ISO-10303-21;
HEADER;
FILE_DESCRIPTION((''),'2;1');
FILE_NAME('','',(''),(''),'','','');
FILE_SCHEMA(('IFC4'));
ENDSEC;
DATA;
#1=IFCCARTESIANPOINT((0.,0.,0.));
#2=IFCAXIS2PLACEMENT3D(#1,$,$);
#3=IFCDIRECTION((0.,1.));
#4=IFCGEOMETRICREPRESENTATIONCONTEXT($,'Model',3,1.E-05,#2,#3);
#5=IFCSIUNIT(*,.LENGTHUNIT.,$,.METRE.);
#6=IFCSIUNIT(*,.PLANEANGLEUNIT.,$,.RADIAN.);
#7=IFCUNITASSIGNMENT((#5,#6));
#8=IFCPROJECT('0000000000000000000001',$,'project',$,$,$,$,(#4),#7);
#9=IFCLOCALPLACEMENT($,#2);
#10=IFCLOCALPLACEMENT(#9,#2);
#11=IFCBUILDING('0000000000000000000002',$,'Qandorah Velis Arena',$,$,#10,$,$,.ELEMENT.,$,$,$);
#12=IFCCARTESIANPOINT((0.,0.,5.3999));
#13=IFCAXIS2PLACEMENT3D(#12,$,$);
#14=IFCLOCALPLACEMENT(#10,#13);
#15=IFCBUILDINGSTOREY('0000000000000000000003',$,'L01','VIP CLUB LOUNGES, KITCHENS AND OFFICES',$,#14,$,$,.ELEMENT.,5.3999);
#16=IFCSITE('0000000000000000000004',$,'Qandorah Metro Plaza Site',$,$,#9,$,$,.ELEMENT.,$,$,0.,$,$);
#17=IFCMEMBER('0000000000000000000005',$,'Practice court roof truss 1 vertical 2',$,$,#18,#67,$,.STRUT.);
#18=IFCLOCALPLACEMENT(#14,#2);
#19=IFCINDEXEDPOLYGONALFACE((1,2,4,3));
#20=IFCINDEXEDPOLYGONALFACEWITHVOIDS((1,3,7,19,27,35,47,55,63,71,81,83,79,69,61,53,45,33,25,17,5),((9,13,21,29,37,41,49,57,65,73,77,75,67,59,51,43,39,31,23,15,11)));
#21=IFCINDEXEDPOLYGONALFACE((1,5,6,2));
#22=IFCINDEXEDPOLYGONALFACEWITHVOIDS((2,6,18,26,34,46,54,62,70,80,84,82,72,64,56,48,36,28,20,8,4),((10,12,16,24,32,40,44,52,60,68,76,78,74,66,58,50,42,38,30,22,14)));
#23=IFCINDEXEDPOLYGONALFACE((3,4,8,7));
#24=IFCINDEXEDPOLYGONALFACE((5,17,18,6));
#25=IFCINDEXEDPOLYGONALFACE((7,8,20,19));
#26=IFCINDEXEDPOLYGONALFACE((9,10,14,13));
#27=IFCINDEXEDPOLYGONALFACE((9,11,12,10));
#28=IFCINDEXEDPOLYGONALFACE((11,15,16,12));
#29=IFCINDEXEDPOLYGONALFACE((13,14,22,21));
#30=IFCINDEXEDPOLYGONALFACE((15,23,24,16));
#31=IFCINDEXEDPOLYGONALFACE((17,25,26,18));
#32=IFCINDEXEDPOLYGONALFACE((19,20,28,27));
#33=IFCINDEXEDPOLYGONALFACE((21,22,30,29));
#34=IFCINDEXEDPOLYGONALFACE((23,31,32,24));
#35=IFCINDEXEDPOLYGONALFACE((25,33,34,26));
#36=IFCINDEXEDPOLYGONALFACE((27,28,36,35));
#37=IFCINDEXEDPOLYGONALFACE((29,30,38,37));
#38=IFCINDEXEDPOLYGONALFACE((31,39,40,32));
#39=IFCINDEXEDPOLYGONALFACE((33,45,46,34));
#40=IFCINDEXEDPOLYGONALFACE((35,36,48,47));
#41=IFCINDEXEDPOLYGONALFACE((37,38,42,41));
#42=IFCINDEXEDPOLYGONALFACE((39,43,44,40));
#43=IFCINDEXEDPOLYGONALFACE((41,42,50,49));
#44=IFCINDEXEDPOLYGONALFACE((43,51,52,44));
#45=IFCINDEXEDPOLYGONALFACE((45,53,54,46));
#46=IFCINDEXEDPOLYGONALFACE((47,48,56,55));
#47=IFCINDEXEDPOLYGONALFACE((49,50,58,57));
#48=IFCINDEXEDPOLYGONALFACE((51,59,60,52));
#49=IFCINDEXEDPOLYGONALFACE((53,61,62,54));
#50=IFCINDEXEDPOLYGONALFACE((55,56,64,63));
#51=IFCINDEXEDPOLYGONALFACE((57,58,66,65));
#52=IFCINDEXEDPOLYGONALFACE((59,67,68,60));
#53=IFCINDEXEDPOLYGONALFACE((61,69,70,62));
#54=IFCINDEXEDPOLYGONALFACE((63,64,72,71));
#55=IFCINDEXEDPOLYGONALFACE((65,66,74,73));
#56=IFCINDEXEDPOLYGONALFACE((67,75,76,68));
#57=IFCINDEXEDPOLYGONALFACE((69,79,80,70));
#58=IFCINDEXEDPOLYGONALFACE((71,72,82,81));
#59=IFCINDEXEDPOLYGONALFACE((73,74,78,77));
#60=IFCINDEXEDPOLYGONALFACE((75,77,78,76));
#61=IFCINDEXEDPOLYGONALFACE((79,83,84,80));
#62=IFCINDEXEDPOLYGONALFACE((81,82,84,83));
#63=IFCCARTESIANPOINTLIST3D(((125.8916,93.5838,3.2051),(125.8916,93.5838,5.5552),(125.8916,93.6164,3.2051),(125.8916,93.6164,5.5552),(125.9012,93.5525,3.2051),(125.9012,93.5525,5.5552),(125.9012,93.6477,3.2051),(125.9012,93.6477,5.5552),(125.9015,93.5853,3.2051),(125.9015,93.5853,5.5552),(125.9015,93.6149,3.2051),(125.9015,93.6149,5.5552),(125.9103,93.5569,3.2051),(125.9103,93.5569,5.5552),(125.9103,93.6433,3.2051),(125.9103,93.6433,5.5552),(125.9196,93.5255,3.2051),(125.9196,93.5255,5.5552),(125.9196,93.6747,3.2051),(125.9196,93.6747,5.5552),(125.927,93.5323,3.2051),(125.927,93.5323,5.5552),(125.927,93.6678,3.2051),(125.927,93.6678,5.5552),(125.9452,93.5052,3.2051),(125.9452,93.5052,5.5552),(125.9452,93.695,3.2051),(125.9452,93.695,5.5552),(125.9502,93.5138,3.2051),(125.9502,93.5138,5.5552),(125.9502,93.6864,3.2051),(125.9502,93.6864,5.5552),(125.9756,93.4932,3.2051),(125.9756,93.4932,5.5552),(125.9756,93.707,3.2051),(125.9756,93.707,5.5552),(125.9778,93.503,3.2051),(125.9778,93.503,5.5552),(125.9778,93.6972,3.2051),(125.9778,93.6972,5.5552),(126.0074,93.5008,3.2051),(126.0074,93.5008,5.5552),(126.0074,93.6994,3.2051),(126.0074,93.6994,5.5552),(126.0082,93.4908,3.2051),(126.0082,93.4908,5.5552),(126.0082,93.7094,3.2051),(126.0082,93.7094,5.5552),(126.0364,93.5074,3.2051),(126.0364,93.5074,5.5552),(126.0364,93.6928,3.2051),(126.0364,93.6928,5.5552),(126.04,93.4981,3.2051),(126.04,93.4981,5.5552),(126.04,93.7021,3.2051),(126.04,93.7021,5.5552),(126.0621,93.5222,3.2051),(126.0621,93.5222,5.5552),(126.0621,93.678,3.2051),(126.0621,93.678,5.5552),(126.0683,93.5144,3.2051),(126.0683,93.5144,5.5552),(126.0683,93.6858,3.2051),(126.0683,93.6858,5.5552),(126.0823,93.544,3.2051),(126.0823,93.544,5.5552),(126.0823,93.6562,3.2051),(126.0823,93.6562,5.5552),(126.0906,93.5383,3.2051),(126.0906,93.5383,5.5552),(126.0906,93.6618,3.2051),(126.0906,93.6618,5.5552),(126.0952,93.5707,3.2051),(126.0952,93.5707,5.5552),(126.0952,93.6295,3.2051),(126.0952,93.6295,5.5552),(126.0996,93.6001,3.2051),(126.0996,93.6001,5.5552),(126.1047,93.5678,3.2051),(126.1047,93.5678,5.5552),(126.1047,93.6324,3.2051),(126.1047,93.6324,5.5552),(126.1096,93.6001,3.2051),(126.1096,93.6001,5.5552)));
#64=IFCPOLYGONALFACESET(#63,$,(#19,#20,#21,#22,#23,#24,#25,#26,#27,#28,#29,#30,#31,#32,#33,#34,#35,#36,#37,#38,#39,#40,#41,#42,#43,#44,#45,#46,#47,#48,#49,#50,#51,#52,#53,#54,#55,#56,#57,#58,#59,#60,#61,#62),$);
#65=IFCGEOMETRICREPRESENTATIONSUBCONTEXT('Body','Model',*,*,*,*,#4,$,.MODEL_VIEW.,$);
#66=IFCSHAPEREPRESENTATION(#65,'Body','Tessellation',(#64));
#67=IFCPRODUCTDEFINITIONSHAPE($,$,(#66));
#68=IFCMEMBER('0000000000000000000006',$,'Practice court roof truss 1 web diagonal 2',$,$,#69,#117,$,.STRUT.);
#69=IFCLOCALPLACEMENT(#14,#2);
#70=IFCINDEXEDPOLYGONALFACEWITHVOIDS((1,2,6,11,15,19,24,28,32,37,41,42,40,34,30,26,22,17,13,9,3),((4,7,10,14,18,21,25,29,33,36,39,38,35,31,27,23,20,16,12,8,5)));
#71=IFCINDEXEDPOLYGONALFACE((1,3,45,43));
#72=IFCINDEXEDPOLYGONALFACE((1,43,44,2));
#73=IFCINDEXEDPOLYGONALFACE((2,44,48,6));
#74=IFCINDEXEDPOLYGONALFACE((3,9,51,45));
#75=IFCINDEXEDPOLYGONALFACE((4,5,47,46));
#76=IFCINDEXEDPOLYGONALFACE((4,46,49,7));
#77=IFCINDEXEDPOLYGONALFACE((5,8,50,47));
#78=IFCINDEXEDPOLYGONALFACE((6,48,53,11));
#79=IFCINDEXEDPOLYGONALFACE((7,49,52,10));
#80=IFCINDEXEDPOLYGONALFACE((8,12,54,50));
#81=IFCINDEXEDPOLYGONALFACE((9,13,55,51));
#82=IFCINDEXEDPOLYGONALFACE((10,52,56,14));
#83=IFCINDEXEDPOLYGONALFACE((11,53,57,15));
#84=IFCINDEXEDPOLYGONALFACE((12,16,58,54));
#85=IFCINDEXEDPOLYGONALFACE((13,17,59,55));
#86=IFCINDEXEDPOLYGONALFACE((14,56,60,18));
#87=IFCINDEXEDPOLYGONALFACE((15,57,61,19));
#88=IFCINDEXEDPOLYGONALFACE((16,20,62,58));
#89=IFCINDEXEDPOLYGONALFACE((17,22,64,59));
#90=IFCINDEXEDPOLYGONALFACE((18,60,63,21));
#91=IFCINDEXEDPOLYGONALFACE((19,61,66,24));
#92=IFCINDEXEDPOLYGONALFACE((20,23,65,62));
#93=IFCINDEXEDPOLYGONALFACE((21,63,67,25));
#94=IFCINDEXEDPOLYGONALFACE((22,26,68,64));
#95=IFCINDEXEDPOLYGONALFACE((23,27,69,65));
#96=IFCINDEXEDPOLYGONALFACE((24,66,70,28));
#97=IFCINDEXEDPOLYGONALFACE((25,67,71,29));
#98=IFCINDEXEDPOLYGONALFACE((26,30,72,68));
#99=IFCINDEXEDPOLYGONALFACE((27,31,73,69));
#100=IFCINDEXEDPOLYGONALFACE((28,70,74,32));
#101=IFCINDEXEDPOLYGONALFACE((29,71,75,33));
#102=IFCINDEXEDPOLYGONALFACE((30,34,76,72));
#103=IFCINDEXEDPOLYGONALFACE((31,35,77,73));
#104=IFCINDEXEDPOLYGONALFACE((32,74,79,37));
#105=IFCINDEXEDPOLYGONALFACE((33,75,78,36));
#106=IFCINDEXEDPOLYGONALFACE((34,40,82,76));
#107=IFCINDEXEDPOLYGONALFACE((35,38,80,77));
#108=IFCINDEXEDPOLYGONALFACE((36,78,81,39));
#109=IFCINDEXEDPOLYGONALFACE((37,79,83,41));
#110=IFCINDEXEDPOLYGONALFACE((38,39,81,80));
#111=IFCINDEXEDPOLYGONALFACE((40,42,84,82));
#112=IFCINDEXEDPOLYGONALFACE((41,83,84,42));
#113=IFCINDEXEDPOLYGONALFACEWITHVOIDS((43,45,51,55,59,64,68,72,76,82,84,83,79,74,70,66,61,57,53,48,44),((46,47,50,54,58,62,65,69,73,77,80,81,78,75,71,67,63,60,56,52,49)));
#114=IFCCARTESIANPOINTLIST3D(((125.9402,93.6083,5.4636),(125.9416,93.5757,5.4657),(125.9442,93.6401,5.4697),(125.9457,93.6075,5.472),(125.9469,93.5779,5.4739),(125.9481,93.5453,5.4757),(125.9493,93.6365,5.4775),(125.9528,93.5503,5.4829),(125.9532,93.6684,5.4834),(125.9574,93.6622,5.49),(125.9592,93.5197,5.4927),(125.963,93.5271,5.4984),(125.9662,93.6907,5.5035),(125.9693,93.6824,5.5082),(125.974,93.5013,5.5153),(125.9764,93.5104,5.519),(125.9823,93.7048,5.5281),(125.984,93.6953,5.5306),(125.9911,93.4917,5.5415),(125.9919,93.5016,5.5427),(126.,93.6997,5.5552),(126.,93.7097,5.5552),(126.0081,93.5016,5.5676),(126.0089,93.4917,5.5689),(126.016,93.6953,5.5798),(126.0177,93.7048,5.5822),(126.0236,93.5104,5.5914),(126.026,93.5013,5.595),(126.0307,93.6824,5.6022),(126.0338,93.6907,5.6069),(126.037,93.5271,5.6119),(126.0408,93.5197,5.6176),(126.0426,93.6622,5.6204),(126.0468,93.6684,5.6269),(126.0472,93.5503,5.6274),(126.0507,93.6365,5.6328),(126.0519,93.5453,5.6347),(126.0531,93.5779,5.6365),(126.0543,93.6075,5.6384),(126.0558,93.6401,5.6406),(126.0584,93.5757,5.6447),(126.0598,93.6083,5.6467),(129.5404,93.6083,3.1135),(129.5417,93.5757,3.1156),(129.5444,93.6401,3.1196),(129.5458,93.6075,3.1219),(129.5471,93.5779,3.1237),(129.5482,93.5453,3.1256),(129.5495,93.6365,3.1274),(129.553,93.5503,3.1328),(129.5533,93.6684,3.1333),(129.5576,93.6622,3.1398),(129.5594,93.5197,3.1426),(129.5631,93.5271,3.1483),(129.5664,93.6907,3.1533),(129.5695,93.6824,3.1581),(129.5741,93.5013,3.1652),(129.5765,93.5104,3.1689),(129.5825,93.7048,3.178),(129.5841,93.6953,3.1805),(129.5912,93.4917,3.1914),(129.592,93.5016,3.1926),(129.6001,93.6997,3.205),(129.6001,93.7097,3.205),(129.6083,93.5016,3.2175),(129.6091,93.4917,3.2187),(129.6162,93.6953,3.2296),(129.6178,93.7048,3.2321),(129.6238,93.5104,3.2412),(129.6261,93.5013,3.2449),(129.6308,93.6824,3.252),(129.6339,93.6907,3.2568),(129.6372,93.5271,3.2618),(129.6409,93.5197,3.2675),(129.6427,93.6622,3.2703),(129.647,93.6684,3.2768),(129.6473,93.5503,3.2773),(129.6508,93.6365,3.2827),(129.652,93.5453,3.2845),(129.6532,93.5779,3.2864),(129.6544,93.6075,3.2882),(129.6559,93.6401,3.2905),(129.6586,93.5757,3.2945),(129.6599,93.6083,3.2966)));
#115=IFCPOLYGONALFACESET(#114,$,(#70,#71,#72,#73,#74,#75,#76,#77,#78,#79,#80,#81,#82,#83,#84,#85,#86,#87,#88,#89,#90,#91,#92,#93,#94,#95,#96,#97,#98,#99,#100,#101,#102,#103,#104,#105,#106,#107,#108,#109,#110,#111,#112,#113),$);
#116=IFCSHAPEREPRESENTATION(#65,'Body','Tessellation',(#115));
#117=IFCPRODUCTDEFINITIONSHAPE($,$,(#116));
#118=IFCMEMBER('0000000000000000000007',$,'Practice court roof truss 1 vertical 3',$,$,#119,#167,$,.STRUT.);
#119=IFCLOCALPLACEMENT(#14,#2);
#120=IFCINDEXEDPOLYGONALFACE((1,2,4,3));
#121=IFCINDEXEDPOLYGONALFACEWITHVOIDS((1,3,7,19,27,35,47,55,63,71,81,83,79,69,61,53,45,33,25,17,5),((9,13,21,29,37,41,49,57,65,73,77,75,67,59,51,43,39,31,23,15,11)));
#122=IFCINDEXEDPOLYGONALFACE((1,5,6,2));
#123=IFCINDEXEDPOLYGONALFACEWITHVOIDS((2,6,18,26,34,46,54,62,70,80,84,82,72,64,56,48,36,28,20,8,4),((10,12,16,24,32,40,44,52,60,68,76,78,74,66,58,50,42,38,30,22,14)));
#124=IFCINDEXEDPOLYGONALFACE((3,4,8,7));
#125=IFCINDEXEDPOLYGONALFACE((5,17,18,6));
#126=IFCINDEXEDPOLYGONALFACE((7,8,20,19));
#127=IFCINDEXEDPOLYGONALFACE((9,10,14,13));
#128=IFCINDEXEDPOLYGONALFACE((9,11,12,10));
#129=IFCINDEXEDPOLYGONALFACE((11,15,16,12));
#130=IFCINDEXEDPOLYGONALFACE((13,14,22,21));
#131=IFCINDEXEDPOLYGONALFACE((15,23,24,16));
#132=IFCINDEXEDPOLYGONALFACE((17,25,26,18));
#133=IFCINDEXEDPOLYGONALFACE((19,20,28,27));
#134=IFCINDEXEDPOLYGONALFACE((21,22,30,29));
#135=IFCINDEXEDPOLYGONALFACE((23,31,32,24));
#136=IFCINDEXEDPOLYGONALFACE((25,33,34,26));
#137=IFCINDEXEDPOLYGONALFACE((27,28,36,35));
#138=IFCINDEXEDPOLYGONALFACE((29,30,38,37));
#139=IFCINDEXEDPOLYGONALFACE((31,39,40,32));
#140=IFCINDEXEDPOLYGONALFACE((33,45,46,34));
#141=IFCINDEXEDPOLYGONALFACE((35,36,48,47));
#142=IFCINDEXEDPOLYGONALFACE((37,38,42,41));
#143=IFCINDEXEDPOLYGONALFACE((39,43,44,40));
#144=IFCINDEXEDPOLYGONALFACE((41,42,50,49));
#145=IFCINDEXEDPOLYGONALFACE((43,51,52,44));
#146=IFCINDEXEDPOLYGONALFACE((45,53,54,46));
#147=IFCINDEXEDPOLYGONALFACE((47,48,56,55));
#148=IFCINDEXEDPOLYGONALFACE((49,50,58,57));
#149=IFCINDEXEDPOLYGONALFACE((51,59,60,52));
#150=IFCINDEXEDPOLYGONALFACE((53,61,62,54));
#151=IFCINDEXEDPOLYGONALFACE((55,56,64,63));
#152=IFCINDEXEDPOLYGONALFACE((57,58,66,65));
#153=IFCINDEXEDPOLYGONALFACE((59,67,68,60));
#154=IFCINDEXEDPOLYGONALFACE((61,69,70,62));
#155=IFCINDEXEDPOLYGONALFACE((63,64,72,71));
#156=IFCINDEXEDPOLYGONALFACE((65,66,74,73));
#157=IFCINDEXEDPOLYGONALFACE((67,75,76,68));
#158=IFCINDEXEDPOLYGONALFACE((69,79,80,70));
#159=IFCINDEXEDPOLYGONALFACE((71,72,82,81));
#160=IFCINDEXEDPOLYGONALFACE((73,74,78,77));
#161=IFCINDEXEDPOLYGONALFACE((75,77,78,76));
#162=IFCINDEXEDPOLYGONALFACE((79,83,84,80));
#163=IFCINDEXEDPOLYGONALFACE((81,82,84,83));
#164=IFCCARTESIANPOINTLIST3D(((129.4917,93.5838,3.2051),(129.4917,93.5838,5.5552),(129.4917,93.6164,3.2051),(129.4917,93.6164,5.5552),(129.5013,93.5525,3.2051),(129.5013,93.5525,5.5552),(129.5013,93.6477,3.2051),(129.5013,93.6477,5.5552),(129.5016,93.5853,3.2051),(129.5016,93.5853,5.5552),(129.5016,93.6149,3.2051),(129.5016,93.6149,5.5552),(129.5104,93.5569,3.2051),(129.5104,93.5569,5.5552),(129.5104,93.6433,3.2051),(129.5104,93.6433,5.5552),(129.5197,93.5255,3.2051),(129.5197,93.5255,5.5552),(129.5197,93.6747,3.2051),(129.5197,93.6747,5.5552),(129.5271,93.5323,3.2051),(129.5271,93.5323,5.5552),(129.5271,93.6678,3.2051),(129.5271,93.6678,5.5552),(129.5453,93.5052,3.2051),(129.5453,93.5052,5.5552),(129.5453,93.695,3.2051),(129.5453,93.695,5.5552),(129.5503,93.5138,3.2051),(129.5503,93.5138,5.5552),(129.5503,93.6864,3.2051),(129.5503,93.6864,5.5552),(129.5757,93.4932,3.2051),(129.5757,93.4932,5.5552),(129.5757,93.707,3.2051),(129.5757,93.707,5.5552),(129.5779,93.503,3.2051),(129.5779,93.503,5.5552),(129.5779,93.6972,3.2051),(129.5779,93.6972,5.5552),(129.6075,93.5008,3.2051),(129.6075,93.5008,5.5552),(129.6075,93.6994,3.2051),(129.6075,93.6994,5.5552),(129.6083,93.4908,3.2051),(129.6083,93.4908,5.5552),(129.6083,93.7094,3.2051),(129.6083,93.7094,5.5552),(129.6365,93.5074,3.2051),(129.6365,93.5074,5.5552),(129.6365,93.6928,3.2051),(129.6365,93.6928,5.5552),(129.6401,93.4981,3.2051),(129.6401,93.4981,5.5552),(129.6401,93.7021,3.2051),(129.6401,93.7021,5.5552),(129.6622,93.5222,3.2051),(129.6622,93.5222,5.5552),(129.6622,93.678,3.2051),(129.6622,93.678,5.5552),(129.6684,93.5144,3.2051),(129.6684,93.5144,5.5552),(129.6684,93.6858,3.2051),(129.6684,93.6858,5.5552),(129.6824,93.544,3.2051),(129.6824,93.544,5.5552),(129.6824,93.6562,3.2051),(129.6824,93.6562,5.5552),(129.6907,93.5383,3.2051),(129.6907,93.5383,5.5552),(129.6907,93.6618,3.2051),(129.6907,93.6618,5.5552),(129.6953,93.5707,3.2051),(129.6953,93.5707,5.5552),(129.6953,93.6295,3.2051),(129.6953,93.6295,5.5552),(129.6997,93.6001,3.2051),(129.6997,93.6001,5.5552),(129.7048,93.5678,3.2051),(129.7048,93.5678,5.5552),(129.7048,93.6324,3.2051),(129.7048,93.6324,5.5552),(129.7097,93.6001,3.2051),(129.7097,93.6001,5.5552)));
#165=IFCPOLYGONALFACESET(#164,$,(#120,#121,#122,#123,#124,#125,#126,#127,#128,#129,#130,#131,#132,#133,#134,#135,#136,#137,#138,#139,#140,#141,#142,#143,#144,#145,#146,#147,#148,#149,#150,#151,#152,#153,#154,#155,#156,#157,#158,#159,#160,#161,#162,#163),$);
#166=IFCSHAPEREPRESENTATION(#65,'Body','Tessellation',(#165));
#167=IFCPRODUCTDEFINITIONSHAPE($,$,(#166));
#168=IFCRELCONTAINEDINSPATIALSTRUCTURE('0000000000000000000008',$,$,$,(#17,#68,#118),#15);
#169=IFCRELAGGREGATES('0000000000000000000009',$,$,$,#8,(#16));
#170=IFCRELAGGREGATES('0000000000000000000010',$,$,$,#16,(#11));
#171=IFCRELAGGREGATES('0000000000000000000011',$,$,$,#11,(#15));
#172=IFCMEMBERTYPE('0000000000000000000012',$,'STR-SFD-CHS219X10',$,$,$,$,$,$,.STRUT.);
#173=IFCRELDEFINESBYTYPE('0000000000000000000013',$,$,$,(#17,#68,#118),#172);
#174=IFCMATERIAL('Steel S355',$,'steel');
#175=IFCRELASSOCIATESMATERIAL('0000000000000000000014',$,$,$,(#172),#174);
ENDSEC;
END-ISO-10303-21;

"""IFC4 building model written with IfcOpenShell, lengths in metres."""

from ifc_helpers import new_model, si_unit, direction, frame, origin, origin_2d, place, context, subcontext, project, spatial, hollow_circle, extrude, material, material_profile, profile_set, type_object, element, save


model = new_model("IFC4")

# Units and contexts
model_context = context("Model", 3, precision=1e-05, world=origin(), true_north=direction((0.0, 1.0)))
body_context = subcontext(model_context, "Body", "Model", "MODEL_VIEW")
ifc_project = project(units=[si_unit("LENGTHUNIT", "METRE"), si_unit("PLANEANGLEUNIT", "RADIAN")], contexts=[model_context])

# Site, building, storey
site_placement = place(None, origin())
site = spatial("IfcSite", under=ifc_project, at=site_placement, Name="Qandorah Metro Plaza Site", CompositionType="ELEMENT", RefElevation=0.0)
building_placement = place(site_placement, origin())
building = spatial("IfcBuilding", under=site, at=building_placement, Name="Qandorah Velis Arena", CompositionType="ELEMENT")
storey_placement = place(building_placement, frame((0.0, 0.0, 5.3999)))
storey = spatial("IfcBuildingStorey", under=building, at=storey_placement, Name="L01", Description="VIP CLUB LOUNGES, KITCHENS AND OFFICES", CompositionType="ELEMENT", Elevation=5.3999)

# Shared definitions
ifc_material_1 = material(Name="Steel S355", Category="steel")

# Members
ifc_material_profile_1 = material_profile(ifc_material_1, hollow_circle(Radius=0.1096, WallThickness=0.01, at=origin_2d()), Name="CHS 219.1x10")
ifc_profile_set_1 = profile_set([ifc_material_profile_1], Name="Steel S355")
member_type = type_object("IfcMemberType", Name="STR-SFD-CHS219X10", PredefinedType="STRUT", material=ifc_profile_set_1)
member_1_placement = place(storey_placement, frame((126.0, 93.6001, 3.2051), z_axis=(0.0, 0.0, 1.0), x_axis=(1.0, 0.0, 0.0)))
element("IfcMember", 1, at=member_1_placement, inside=storey, type_object=member_type, Name="Practice court roof truss 1 vertical 2", PredefinedType="STRUT", context=body_context, shape_type="SweptSolid", body=[
    extrude(hollow_circle(Radius=0.1096, WallThickness=0.01, at=origin_2d()), origin(), (0.0, 0.0, 1.0), 2.3501),
])
member_2_placement = place(storey_placement, frame((126.0, 93.6001, 5.5552), z_axis=(0.837376, 0.0, -0.546628), x_axis=(0.0, 1.0, 0.0)))
element("IfcMember", 2, at=member_2_placement, inside=storey, type_object=member_type, Name="Practice court roof truss 1 web diagonal 2", PredefinedType="STRUT", context=body_context, shape_type="SweptSolid", body=[
    extrude(hollow_circle(Radius=0.1096, WallThickness=0.01, at=origin_2d()), origin(), (0.0, 0.0, 1.0), 4.2993),
])
member_3_placement = place(storey_placement, frame((129.6001, 93.6001, 3.2051), z_axis=(0.0, 0.0, 1.0), x_axis=(1.0, 0.0, 0.0)))
element("IfcMember", 3, at=member_3_placement, inside=storey, type_object=member_type, Name="Practice court roof truss 1 vertical 3", PredefinedType="STRUT", context=body_context, shape_type="SweptSolid", body=[
    extrude(hollow_circle(Radius=0.1096, WallThickness=0.01, at=origin_2d()), origin(), (0.0, 0.0, 1.0), 2.3501),
])

save(model, "model.ifc")
